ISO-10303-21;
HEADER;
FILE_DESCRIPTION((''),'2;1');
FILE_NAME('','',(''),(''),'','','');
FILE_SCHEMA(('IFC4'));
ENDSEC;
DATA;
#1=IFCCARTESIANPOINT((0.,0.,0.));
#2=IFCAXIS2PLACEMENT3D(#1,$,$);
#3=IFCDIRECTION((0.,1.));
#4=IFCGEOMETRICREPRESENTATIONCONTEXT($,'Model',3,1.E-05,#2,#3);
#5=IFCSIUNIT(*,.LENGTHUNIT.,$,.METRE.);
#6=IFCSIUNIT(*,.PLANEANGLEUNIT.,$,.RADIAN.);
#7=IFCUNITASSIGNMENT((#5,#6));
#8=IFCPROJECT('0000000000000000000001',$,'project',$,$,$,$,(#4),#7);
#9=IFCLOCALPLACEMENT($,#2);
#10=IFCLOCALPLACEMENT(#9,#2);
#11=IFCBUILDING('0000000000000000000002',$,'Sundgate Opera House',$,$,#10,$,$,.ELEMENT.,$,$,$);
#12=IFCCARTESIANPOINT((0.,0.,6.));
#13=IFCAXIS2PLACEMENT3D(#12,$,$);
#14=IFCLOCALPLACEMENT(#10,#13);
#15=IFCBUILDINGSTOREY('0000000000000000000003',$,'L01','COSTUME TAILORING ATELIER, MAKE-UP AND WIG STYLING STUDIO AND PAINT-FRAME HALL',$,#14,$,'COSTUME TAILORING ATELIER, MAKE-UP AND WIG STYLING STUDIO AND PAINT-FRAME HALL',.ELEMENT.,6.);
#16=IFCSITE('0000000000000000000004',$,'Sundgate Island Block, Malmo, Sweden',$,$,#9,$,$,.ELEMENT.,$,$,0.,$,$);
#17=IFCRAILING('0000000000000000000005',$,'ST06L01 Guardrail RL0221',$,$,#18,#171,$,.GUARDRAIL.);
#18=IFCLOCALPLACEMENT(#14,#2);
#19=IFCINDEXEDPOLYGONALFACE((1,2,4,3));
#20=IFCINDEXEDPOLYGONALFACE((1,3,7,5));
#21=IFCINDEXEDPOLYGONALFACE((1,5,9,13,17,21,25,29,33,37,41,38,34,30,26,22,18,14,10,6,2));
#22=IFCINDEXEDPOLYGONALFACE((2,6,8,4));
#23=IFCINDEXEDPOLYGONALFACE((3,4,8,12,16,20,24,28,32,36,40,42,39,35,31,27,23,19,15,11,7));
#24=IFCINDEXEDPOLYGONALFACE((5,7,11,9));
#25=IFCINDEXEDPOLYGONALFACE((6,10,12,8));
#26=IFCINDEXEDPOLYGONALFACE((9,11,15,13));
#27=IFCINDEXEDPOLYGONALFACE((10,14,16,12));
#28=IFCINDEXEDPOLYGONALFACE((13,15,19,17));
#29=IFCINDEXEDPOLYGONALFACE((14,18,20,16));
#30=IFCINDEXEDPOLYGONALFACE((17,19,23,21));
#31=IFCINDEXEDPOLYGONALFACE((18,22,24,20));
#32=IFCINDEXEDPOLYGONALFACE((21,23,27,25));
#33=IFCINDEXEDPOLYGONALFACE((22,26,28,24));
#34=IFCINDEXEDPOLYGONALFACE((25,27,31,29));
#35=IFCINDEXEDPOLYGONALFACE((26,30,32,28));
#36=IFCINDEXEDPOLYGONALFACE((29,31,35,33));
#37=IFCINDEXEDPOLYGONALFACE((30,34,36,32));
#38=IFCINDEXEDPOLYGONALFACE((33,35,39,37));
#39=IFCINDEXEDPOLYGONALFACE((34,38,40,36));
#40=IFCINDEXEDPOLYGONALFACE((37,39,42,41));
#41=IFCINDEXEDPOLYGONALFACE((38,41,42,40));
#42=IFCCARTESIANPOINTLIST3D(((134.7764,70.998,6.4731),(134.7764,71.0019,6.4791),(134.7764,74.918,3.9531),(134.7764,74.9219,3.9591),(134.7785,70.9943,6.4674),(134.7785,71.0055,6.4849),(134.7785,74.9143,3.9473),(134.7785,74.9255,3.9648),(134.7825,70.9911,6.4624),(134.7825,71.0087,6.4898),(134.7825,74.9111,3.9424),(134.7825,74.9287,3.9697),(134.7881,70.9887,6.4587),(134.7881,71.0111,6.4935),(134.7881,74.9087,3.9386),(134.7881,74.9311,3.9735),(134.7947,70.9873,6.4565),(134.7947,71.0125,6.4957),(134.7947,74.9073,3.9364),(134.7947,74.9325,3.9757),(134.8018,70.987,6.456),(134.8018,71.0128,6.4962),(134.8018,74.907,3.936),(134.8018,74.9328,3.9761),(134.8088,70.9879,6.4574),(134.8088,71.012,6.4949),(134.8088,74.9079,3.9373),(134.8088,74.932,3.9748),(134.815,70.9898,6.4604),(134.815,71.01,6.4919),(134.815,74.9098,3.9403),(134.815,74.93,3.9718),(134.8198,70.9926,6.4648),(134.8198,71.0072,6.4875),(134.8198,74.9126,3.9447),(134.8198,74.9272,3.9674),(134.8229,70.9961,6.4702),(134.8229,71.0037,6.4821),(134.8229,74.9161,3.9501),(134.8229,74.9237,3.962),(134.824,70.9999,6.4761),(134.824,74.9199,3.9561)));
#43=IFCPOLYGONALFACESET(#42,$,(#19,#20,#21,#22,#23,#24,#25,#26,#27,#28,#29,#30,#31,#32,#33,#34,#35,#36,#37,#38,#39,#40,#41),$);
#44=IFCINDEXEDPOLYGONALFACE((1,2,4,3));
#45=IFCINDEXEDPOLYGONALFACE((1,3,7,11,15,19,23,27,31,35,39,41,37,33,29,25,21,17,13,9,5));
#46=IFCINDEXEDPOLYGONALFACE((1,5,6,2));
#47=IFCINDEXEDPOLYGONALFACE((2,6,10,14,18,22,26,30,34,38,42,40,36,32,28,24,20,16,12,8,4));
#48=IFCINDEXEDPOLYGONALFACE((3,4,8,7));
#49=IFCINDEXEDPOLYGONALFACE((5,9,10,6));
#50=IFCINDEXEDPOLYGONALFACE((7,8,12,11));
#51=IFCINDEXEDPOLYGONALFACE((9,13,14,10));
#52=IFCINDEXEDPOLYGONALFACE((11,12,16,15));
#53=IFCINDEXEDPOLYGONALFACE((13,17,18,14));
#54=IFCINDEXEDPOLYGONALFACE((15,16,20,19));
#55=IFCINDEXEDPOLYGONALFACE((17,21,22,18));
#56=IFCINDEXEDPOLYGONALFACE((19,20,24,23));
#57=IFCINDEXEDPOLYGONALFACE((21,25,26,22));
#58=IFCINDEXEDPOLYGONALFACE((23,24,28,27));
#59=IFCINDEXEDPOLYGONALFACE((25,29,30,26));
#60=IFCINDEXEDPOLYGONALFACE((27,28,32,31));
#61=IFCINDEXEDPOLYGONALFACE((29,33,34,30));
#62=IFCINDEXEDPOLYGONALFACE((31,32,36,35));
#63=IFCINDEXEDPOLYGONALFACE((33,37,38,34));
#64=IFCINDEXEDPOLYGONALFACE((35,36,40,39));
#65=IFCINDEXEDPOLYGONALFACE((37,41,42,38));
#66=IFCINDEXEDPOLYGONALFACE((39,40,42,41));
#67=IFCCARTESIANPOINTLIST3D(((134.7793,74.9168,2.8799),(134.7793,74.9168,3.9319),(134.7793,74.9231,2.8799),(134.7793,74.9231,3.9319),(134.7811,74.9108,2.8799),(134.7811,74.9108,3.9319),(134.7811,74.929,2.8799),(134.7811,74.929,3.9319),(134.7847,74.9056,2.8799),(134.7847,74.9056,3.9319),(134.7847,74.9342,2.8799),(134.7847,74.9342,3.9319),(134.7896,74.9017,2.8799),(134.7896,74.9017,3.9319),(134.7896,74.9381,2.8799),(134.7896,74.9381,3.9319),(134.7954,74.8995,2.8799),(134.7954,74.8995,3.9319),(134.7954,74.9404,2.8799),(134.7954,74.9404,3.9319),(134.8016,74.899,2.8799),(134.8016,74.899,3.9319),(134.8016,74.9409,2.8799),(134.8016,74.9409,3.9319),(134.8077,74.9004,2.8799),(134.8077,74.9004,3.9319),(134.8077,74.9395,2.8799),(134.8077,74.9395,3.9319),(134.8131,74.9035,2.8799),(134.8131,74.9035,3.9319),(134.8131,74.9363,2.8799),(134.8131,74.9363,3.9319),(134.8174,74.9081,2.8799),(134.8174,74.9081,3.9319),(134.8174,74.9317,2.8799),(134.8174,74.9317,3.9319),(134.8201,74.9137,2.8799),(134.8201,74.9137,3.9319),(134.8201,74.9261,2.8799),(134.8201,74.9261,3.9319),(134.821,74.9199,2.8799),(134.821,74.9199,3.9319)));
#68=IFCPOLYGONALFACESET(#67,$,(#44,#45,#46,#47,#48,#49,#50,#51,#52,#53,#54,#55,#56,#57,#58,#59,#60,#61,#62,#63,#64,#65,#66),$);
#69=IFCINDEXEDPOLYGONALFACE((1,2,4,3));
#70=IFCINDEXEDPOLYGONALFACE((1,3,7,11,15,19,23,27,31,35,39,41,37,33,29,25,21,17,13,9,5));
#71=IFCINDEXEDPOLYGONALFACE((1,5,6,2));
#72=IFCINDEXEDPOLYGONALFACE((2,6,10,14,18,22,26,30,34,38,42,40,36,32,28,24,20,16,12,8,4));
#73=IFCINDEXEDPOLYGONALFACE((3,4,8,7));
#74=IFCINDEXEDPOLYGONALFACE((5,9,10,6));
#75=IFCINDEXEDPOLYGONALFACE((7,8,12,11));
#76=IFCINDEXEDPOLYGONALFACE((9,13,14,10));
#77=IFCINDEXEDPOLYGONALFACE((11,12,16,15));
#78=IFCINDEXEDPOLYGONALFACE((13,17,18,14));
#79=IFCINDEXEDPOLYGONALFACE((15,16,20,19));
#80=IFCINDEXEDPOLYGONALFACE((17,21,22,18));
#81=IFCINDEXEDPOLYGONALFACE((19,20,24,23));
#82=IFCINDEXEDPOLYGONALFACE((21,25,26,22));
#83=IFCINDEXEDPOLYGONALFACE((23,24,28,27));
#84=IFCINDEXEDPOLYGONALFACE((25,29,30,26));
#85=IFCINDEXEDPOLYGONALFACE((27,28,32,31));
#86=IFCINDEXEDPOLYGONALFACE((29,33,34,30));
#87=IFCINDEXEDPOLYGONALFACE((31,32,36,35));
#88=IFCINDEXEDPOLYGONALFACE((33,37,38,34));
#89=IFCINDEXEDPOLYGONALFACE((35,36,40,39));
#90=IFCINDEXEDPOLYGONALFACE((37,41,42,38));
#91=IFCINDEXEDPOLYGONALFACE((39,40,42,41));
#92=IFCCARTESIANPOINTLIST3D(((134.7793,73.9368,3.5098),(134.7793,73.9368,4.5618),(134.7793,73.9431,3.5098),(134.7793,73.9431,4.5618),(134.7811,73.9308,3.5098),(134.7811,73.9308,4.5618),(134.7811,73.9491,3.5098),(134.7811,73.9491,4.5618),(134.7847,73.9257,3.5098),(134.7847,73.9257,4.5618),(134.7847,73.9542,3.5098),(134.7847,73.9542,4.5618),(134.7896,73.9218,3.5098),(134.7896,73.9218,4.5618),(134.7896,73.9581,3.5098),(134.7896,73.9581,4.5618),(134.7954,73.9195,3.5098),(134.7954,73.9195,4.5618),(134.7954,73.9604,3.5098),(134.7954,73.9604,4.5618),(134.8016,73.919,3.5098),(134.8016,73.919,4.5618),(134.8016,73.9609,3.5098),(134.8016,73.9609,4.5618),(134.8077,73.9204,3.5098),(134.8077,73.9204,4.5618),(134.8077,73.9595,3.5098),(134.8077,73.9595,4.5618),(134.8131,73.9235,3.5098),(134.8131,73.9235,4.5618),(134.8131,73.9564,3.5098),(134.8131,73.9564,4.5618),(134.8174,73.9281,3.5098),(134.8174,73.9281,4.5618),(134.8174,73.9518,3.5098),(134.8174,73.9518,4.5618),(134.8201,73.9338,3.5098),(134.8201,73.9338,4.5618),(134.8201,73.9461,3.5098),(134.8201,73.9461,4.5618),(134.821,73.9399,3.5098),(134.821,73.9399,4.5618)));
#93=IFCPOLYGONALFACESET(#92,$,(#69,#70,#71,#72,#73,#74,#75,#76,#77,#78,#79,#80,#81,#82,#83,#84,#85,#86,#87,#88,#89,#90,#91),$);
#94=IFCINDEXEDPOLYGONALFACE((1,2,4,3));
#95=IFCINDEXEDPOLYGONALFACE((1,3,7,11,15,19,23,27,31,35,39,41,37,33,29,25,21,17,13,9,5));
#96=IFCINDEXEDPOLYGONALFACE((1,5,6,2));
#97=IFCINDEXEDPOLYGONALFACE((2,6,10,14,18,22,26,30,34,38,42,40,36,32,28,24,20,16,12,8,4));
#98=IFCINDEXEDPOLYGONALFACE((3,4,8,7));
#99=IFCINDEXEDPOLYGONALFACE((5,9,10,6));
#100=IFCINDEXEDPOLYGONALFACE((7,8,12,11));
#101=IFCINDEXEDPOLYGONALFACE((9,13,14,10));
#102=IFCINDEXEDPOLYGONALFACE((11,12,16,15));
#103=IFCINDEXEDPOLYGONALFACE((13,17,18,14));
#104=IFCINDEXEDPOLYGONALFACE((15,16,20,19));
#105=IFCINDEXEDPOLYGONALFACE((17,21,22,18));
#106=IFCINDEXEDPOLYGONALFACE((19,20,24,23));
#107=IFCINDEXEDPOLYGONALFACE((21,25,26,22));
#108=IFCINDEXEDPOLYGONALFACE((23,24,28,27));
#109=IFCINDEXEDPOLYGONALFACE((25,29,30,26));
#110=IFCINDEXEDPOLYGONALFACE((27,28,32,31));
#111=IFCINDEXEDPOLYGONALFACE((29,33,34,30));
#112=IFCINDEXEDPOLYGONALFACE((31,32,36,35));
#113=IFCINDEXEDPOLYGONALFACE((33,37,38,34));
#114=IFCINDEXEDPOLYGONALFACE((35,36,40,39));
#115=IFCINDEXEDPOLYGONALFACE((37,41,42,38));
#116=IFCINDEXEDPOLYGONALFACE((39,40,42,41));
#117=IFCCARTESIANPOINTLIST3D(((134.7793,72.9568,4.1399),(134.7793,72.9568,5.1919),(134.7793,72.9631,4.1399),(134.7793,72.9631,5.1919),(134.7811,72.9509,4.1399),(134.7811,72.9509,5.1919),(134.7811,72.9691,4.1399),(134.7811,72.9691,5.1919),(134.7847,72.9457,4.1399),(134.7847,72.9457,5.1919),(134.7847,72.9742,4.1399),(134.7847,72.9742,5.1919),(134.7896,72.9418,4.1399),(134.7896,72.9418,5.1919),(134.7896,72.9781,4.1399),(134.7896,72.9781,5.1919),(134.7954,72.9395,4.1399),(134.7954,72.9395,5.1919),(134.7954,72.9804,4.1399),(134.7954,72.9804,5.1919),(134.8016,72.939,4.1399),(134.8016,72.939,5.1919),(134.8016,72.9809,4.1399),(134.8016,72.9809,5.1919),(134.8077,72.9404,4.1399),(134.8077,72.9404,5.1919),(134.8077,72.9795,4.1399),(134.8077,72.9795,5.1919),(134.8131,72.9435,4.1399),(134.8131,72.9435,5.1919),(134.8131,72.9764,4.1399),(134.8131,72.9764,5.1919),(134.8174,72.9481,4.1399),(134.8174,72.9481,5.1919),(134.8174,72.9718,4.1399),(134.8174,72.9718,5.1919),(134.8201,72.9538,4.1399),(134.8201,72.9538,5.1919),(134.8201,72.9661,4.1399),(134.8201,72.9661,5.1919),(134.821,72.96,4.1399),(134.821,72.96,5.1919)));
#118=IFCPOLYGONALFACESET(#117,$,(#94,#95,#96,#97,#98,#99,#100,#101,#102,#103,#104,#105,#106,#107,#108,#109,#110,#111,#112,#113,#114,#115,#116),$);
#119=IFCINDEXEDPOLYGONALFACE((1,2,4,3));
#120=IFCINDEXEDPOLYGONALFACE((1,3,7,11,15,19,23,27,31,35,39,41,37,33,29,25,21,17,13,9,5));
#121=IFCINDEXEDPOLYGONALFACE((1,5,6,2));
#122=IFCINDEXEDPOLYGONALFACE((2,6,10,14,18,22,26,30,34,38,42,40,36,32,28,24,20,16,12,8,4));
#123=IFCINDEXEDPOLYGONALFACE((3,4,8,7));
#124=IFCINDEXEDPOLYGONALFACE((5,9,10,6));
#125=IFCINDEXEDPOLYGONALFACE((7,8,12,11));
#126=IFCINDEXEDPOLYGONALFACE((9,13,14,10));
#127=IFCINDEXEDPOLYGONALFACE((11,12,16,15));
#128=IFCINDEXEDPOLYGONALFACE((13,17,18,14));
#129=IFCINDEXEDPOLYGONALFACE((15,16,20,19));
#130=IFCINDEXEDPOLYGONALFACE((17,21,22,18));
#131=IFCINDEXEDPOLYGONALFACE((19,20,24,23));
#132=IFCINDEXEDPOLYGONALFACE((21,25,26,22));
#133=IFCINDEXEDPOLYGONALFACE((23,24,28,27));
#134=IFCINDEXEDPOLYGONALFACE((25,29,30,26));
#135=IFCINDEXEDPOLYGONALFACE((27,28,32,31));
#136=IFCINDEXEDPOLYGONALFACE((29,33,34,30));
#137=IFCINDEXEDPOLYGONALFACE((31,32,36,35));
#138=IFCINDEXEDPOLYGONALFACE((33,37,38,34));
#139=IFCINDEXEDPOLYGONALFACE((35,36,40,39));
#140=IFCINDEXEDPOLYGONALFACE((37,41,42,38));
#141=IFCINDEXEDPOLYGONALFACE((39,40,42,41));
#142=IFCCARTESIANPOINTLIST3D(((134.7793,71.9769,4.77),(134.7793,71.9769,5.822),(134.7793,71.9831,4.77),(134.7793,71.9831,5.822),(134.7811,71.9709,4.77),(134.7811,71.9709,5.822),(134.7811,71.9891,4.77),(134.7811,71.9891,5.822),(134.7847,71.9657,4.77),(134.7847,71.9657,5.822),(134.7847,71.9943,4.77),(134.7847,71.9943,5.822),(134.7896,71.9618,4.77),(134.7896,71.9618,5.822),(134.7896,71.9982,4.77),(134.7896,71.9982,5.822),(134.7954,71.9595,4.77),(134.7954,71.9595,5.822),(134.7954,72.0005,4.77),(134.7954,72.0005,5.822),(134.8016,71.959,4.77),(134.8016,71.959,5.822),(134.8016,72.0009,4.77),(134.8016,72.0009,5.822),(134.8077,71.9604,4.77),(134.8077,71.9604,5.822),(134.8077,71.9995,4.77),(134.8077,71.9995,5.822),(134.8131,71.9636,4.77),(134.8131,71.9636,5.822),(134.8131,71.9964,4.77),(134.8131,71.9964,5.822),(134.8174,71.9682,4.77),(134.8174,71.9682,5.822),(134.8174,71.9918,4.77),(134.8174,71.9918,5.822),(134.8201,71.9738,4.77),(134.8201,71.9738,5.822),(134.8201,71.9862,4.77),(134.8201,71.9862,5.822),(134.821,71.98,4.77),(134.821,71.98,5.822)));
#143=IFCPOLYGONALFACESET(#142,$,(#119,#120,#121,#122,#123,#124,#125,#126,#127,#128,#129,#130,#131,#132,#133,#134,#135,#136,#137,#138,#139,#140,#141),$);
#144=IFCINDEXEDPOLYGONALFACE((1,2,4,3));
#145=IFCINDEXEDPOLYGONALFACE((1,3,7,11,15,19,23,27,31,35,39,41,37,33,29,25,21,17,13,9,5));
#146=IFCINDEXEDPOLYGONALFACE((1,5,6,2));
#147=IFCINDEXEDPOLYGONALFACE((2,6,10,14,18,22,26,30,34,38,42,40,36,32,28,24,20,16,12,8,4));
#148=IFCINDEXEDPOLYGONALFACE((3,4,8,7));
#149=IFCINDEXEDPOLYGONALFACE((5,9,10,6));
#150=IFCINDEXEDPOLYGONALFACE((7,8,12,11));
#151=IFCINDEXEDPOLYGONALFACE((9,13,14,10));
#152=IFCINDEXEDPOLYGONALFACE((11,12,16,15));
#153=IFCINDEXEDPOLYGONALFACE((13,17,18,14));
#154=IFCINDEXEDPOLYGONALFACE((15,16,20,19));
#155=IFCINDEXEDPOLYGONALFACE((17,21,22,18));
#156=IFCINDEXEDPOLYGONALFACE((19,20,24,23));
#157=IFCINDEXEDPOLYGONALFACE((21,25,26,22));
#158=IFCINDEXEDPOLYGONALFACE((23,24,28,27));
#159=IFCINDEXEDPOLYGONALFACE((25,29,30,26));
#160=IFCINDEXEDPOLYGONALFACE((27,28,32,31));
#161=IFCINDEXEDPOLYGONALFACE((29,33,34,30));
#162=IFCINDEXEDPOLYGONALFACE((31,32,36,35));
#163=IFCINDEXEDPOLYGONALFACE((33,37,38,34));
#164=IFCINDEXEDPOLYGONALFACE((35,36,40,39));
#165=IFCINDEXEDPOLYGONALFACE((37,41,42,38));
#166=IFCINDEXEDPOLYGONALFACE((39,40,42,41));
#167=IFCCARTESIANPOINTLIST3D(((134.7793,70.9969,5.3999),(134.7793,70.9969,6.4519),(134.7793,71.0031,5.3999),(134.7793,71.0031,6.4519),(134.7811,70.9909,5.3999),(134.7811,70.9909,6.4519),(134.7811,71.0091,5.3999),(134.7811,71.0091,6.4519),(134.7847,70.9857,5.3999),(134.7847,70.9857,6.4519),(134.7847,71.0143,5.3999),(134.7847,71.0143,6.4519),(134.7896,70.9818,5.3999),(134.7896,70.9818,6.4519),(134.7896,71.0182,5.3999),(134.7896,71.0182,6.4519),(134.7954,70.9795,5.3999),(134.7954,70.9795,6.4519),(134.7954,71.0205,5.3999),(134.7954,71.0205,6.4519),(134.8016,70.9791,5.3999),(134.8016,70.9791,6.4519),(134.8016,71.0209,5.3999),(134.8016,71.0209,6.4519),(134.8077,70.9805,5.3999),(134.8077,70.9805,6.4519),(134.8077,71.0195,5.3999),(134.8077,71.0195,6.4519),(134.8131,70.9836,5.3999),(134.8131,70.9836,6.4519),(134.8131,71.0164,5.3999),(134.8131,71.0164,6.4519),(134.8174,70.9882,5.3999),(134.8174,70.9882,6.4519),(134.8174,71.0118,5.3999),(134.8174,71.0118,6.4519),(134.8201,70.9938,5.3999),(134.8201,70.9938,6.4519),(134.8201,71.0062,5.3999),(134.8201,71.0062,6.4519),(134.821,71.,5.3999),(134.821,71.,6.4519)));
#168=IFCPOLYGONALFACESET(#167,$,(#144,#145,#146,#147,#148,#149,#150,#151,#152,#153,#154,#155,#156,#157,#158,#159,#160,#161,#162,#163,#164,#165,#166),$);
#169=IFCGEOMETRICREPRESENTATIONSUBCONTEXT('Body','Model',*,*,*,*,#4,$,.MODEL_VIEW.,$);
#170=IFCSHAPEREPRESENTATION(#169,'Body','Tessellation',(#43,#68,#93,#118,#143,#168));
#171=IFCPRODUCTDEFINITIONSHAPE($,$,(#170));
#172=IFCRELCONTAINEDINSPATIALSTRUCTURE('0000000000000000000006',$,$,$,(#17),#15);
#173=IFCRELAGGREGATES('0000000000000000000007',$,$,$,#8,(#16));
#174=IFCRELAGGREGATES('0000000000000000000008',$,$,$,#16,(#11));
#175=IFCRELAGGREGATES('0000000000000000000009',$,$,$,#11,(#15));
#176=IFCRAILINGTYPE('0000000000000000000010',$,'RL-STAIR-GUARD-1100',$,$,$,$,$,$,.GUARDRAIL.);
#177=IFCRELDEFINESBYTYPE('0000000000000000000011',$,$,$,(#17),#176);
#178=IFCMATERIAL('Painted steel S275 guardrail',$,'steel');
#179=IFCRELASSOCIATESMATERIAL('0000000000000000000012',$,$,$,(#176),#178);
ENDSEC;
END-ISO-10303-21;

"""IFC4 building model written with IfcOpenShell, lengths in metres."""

from ifc_helpers import new_model, si_unit, direction, frame, origin, origin_2d, place, context, subcontext, project, spatial, circle, extrude, material, type_object, element, save


model = new_model("IFC4")

# Units and contexts
model_context = context("Model", 3, precision=1e-05, world=origin(), true_north=direction((0.0, 1.0)))
body_context = subcontext(model_context, "Body", "Model", "MODEL_VIEW")
ifc_project = project(units=[si_unit("LENGTHUNIT", "METRE"), si_unit("PLANEANGLEUNIT", "RADIAN")], contexts=[model_context])

# Site, building, storey
site_placement = place(None, origin())
site = spatial("IfcSite", under=ifc_project, at=site_placement, Name="Sundgate Island Block, Malmo, Sweden", CompositionType="ELEMENT", RefElevation=0.0)
building_placement = place(site_placement, origin())
building = spatial("IfcBuilding", under=site, at=building_placement, Name="Sundgate Opera House", CompositionType="ELEMENT")
storey_placement = place(building_placement, frame((0.0, 0.0, 6.0)))
storey = spatial("IfcBuildingStorey", under=building, at=storey_placement, Name="L01", Description="COSTUME TAILORING ATELIER, MAKE-UP AND WIG STYLING STUDIO AND PAINT-FRAME HALL", LongName="COSTUME TAILORING ATELIER, MAKE-UP AND WIG STYLING STUDIO AND PAINT-FRAME HALL", CompositionType="ELEMENT", Elevation=6.0)

# Railing
ifc_material_1 = material(Name="Painted steel S275 guardrail", Category="steel")
railing_type_1 = type_object("IfcRailingType", Name="RL-STAIR-GUARD-1100", PredefinedType="GUARDRAIL", material=ifc_material_1)
railing_1_placement = place(storey_placement, frame((134.8, 74.9199, 2.8799)))
element("IfcRailing", 1, at=railing_1_placement, inside=storey, type_object=railing_type_1, Name="ST06L01 Guardrail RL0221", PredefinedType="GUARDRAIL", context=body_context, shape_type="SweptSolid", body=[
    extrude(circle(Radius=0.0239, at=origin_2d()), frame((0.0, 0.0, 1.0762), z_axis=(0.0, -0.841172, 0.540768), x_axis=(1.0, 0.0, 0.0)), (0.0, 0.0, 1.0), 4.6602),
    extrude(circle(Radius=0.021, at=origin_2d()), origin(), (0.0, 0.0, 1.0), 1.052),
    extrude(circle(Radius=0.021, at=origin_2d()), frame((0.0, -0.98, 0.6299)), (0.0, 0.0, 1.0), 1.052),
    extrude(circle(Radius=0.021, at=origin_2d()), frame((0.0, -1.96, 1.26)), (0.0, 0.0, 1.0), 1.052),
    extrude(circle(Radius=0.021, at=origin_2d()), frame((0.0, -2.9399, 1.8901)), (0.0, 0.0, 1.0), 1.052),
    extrude(circle(Radius=0.021, at=origin_2d()), frame((0.0, -3.9199, 2.52)), (0.0, 0.0, 1.0), 1.052),
])

save(model, "model.ifc")
